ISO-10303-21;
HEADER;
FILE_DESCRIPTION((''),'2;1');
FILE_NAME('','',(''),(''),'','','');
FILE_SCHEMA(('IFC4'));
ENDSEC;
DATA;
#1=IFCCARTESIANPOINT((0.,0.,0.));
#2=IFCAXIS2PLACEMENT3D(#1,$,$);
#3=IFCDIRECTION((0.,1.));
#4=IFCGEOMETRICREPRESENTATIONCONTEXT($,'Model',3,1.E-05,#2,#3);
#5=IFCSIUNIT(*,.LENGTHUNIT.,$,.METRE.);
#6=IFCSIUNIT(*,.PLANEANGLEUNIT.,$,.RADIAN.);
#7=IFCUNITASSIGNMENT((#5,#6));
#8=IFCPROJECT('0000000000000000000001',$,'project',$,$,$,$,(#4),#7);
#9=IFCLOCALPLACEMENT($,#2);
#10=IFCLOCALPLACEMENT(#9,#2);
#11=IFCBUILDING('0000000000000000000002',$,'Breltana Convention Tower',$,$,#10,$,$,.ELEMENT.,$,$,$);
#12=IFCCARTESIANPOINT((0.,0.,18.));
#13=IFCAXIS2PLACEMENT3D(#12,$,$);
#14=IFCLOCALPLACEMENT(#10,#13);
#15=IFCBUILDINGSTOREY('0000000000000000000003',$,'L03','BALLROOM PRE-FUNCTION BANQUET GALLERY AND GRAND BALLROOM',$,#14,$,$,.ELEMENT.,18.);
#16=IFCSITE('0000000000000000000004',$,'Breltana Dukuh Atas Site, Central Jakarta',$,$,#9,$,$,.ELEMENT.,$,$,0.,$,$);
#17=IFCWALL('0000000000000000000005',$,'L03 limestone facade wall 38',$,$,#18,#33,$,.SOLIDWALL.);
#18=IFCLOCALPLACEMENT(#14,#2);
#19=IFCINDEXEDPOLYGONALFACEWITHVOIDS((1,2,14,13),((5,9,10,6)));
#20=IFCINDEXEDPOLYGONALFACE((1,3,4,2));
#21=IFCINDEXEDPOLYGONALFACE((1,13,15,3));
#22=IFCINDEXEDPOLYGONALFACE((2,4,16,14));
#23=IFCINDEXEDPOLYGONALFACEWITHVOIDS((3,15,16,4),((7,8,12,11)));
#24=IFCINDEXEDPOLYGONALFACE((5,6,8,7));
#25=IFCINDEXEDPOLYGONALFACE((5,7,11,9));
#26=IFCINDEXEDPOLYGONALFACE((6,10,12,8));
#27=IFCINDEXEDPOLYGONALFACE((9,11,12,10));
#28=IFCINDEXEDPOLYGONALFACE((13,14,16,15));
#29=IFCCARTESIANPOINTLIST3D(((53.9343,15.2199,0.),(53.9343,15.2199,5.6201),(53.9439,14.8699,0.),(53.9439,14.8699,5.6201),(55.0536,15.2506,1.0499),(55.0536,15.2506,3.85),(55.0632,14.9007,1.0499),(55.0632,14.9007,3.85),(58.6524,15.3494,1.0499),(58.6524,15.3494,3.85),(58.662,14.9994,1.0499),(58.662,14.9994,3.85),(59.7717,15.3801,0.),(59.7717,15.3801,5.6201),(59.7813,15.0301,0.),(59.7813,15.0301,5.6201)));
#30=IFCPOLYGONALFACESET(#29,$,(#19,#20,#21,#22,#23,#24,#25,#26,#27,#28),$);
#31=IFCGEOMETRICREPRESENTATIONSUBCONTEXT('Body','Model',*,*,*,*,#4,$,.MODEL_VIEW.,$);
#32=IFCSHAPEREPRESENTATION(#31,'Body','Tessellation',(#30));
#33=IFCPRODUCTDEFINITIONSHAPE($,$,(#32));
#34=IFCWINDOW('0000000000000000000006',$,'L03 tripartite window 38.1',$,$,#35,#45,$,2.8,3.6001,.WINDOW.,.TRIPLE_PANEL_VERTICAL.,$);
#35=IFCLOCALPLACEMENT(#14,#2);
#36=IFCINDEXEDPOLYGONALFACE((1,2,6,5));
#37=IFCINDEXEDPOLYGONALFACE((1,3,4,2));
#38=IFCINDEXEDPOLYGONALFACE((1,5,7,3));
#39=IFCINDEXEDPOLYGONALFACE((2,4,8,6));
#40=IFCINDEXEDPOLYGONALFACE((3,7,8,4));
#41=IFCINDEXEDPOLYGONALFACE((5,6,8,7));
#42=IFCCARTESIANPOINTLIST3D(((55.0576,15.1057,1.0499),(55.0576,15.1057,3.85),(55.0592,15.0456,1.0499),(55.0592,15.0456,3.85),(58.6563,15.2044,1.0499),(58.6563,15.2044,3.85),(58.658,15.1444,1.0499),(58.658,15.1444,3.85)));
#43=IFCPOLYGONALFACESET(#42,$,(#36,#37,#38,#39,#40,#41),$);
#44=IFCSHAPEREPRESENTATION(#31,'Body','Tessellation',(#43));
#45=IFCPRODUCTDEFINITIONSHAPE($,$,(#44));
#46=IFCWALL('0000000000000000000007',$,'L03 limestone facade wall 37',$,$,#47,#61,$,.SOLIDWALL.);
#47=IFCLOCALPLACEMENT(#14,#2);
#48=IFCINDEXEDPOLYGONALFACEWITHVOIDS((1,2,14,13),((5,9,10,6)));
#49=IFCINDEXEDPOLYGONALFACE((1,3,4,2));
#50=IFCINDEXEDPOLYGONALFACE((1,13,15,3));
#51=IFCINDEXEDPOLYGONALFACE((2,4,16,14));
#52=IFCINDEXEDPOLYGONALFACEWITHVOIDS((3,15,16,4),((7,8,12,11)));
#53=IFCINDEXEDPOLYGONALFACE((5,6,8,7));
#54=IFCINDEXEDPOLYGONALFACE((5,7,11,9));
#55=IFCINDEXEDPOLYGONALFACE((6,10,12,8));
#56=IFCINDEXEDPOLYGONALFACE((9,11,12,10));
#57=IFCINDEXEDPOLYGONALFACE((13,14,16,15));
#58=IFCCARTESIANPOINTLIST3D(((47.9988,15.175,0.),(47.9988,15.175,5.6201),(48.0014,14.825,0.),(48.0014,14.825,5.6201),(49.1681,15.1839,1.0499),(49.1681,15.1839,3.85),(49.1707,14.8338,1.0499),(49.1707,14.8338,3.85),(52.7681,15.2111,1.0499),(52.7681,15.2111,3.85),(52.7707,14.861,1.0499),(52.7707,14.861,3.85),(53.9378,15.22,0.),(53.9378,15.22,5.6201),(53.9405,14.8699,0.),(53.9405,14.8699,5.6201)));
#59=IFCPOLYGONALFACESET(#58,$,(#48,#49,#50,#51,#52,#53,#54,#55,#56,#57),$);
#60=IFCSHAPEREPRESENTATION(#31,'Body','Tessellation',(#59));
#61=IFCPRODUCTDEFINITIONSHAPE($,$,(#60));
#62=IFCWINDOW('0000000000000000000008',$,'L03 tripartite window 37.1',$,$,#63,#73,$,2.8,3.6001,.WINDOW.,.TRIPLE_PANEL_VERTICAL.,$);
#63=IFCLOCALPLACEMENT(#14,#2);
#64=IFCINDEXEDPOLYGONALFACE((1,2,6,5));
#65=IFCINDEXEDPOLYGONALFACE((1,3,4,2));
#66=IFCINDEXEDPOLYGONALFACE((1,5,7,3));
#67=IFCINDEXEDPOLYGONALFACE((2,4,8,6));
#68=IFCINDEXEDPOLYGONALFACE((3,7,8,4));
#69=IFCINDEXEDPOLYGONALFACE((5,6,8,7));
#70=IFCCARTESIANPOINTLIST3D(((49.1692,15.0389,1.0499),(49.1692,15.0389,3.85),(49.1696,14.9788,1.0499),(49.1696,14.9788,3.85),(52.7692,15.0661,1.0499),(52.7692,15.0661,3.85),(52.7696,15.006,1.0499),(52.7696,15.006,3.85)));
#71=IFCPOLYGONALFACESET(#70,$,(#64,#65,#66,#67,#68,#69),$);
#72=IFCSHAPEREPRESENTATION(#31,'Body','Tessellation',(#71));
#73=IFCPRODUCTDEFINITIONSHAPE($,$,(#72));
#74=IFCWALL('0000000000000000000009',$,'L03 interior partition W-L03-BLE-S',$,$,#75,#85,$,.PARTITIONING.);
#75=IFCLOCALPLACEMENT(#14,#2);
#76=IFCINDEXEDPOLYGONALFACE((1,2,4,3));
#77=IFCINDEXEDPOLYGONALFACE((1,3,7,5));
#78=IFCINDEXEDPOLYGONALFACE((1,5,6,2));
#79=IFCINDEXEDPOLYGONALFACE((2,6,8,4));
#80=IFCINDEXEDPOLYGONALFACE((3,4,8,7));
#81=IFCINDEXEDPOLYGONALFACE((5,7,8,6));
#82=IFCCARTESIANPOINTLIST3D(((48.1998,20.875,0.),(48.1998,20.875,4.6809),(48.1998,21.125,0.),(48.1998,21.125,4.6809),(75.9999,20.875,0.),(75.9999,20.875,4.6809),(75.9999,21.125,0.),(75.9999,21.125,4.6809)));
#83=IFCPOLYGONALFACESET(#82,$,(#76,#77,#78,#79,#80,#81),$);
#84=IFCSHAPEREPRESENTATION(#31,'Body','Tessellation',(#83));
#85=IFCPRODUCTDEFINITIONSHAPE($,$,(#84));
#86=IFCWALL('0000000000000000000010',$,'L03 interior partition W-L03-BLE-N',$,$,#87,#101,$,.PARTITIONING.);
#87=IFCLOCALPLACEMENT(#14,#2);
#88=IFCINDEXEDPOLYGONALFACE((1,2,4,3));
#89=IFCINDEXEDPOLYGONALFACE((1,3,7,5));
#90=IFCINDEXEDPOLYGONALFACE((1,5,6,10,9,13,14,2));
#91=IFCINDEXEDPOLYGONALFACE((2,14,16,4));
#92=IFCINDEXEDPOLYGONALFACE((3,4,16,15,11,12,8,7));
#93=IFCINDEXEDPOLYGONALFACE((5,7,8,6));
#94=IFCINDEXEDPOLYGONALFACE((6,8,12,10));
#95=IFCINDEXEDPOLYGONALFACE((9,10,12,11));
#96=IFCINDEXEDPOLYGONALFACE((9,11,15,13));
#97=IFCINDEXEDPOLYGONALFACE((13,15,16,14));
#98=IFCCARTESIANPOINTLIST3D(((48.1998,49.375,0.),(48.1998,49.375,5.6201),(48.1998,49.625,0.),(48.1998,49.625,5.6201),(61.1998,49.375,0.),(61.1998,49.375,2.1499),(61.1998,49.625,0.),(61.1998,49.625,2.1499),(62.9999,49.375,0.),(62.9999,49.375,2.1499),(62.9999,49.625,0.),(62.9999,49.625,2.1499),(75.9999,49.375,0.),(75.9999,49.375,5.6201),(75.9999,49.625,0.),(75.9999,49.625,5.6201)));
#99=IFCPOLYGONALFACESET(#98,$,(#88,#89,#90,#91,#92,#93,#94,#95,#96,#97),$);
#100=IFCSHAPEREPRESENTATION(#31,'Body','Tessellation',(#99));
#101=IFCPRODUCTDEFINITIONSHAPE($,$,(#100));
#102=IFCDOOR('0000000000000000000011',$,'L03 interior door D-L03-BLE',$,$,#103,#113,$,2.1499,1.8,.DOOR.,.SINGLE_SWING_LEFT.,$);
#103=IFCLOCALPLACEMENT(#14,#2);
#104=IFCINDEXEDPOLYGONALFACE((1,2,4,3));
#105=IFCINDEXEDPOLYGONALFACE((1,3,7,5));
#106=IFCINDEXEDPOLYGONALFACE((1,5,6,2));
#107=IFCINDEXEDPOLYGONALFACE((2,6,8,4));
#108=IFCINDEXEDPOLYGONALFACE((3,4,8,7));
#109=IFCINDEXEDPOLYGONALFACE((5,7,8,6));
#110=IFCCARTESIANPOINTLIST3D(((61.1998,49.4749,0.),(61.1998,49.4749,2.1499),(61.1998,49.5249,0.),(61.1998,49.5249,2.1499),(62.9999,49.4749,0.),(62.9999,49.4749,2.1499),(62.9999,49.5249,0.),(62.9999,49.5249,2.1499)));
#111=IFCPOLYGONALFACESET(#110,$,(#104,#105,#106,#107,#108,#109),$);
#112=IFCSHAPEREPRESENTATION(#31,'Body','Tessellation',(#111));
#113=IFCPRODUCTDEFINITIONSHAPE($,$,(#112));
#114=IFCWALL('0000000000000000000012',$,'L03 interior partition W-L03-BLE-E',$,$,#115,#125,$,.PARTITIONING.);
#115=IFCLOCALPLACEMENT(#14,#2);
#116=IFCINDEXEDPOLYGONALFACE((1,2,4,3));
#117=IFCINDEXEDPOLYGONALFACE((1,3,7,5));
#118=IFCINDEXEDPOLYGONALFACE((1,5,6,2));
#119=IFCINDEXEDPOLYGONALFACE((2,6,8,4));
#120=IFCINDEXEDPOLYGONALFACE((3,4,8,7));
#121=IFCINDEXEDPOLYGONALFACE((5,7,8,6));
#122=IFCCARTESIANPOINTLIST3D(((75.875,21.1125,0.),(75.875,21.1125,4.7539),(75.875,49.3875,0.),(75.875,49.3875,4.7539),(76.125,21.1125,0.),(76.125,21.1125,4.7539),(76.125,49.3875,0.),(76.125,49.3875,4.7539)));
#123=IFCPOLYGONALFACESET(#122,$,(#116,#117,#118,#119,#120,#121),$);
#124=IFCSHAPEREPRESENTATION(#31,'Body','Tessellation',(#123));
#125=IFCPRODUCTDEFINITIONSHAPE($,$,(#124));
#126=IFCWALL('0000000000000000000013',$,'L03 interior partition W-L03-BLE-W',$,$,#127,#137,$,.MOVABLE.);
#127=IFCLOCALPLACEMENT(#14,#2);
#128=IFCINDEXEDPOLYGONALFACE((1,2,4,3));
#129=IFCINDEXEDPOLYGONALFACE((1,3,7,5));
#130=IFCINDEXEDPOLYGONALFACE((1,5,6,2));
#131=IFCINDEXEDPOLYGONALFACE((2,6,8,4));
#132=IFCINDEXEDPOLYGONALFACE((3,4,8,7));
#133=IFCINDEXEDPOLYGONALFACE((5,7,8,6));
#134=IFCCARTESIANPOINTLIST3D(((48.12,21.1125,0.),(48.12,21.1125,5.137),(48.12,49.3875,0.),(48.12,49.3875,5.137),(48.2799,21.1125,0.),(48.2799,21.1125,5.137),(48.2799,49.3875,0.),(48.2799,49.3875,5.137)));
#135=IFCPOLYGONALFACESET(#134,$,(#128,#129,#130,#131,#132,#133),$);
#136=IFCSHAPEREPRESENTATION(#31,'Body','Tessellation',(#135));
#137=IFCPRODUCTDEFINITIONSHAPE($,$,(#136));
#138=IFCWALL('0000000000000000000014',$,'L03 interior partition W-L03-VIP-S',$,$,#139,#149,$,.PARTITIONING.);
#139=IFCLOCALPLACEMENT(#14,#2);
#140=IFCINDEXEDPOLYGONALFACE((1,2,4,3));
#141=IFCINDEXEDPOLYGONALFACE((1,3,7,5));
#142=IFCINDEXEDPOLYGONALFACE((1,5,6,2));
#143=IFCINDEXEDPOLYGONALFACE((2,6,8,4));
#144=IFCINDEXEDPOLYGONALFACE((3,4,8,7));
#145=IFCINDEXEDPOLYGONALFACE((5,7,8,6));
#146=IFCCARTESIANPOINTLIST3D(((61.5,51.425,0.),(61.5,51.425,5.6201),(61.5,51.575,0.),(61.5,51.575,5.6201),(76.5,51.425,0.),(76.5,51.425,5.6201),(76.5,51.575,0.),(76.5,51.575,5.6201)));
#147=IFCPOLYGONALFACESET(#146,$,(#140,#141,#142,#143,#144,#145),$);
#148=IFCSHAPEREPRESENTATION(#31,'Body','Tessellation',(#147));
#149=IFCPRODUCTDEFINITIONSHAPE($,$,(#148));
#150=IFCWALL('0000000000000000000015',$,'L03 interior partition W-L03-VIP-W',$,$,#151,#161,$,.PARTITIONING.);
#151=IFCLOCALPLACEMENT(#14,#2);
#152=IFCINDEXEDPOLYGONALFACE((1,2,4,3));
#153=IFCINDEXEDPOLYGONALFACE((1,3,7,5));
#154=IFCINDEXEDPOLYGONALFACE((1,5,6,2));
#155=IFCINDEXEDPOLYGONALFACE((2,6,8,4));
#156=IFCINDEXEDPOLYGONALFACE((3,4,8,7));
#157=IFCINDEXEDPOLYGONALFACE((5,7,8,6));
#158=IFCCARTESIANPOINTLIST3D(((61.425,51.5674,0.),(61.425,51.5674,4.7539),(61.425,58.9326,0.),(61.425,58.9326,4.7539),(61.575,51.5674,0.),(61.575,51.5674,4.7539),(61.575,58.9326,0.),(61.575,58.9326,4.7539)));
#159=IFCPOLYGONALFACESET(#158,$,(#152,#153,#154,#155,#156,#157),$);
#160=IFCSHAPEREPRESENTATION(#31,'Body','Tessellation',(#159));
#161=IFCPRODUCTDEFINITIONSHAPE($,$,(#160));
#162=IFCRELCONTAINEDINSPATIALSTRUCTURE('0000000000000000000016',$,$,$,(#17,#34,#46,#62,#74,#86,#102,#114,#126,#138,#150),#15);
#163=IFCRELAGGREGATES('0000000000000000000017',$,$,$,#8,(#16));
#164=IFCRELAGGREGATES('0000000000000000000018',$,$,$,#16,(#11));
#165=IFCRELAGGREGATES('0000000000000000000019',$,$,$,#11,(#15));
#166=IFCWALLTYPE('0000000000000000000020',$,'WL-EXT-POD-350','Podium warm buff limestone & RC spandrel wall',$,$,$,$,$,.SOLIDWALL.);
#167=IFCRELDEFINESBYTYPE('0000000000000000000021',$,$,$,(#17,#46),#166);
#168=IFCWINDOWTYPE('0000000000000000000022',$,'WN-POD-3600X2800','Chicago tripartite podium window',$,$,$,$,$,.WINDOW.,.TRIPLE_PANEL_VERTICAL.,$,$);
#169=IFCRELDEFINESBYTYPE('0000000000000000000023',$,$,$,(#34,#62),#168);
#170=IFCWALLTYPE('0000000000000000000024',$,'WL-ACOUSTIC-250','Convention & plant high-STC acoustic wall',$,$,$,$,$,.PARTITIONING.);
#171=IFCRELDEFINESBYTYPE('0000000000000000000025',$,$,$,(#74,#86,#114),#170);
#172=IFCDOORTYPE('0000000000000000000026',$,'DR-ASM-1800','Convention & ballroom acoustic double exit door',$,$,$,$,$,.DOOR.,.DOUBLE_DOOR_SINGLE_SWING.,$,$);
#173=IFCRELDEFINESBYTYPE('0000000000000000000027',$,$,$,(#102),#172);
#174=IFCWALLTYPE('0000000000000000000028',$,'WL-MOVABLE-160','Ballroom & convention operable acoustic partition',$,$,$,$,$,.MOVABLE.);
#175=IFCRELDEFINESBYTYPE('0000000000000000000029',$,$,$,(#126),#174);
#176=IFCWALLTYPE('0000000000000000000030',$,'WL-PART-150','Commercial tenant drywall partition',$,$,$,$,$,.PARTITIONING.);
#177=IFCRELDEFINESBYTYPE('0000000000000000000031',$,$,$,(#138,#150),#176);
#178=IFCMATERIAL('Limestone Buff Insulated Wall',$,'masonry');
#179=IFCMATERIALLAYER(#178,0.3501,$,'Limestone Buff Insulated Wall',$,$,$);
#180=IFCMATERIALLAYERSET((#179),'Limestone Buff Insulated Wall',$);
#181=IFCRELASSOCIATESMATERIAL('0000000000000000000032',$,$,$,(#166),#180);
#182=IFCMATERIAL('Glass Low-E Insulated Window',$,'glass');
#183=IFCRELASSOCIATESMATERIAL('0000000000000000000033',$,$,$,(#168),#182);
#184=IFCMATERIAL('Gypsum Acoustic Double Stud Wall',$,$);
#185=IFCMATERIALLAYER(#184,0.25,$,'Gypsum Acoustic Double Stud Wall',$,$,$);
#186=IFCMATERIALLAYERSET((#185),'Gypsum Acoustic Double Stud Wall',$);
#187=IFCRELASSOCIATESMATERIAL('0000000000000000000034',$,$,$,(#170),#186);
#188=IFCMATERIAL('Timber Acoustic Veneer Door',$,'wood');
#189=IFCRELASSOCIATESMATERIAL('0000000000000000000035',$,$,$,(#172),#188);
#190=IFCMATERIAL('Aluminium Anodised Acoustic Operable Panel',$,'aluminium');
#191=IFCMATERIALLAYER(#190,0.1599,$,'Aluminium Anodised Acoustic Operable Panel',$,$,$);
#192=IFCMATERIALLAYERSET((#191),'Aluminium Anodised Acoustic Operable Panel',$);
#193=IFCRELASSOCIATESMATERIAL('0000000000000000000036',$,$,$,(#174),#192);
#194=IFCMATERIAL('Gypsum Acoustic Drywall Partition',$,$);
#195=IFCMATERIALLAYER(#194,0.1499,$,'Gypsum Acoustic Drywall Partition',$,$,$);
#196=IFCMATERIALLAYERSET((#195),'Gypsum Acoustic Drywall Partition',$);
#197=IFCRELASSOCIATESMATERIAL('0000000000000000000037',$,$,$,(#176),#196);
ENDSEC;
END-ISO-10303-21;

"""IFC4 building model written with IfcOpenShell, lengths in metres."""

from ifc_helpers import new_model, si_unit, direction, frame, frame_2d, origin, place, context, subcontext, project, spatial, rectangle, extrude, source, transform, mapped, material, layer, layer_set, type_object, type_shapes, element, fill, save


model = new_model("IFC4")

# Units and contexts
model_context = context("Model", 3, precision=1e-05, world=origin(), true_north=direction((0.0, 1.0)))
body_context = subcontext(model_context, "Body", "Model", "MODEL_VIEW")
ifc_project = project(units=[si_unit("LENGTHUNIT", "METRE"), si_unit("PLANEANGLEUNIT", "RADIAN")], contexts=[model_context])

# Site, building, storey
site_placement = place(None, origin())
site = spatial("IfcSite", under=ifc_project, at=site_placement, Name="Breltana Dukuh Atas Site, Central Jakarta", CompositionType="ELEMENT", RefElevation=0.0)
building_placement = place(site_placement, origin())
building = spatial("IfcBuilding", under=site, at=building_placement, Name="Breltana Convention Tower", CompositionType="ELEMENT")
storey_placement = place(building_placement, frame((0.0, 0.0, 18.0)))
storey = spatial("IfcBuildingStorey", under=building, at=storey_placement, Name="L03", Description="BALLROOM PRE-FUNCTION BANQUET GALLERY AND GRAND BALLROOM", CompositionType="ELEMENT", Elevation=18.0)

# Shared definitions
ifc_material_1 = material(Name="Limestone Buff Insulated Wall", Category="masonry")
ifc_layer_1 = layer(ifc_material_1, 0.3501, Name="Limestone Buff Insulated Wall")
ifc_layer_set_1 = layer_set([ifc_layer_1], Name="Limestone Buff Insulated Wall")
wall_type_1 = type_object("IfcWallType", Name="WL-EXT-POD-350", Description="Podium warm buff limestone & RC spandrel wall", PredefinedType="SOLIDWALL", material=ifc_layer_set_1)

# Walls, openings, windows
ifc_material_2 = material(Name="Glass Low-E Insulated Window", Category="glass")
window_type = type_object("IfcWindowType", Name="WN-POD-3600X2800", Description="Chicago tripartite podium window", PartitioningType="TRIPLE_PANEL_VERTICAL", PredefinedType="WINDOW", material=ifc_material_2)
shared_shape_1 = source(origin(), body_context, "Body", "SweptSolid", [
    extrude(rectangle(XDim=3.6001, YDim=2.8, at=frame_2d((1.8, 1.3999))), frame((0.0, 0.03, 0.0), z_axis=(0.0, -1.0, 0.0), x_axis=(1.0, 0.0, 0.0)), (0.0, 0.0, 1.0), 0.0601),
])
type_shapes(window_type, [shared_shape_1])
shared_shape_2 = source(origin(), body_context, "Body", "SweptSolid", [
    extrude(rectangle(XDim=5.8396, YDim=0.3501, at=frame_2d((2.9199, 0.0))), origin(), (0.0, 0.0, 1.0), 5.6201),
])
wall_1_placement = place(storey_placement, frame((53.939, 15.0449, 0.0), z_axis=(0.0, 0.0, 1.0), x_axis=(0.999624, 0.027426, 0.0)))
wall_1 = element("IfcWall", 1, at=wall_1_placement, inside=storey, type_object=wall_type_1, Name="L03 limestone facade wall 38", PredefinedType="SOLIDWALL", context=body_context, shape_type="MappedRepresentation", body=[
    mapped(shared_shape_2, transform((0.0, 0.0, 0.0), scale=1.0)),
])
opening_1_placement = place(wall_1_placement, frame((1.1199, 0.0, 1.05)))
opening_1 = element("IfcOpeningElement", 2, at=opening_1_placement, cuts=wall_1, PredefinedType="OPENING", context=body_context, shape_type="SweptSolid", body=[
    extrude(rectangle(XDim=3.6001, YDim=2.8, at=frame_2d((1.8, 1.3999))), frame((0.0, 0.1851, 0.0), z_axis=(0.0, -1.0, 0.0), x_axis=(1.0, 0.0, 0.0)), (0.0, 0.0, 1.0), 0.3701),
])
window_1_placement = place(opening_1_placement, origin())
window_1 = element("IfcWindow", 3, at=window_1_placement, inside=storey, type_object=window_type, Name="L03 tripartite window 38.1", OverallHeight=2.8, OverallWidth=3.6001, PartitioningType="TRIPLE_PANEL_VERTICAL", PredefinedType="WINDOW", context=body_context, shape_type="MappedRepresentation", body=[
    mapped(shared_shape_1, transform((0.0, 0.0, 0.0), scale=1.0)),
])
fill(opening_1, window_1)
shared_shape_3 = source(origin(), body_context, "Body", "SweptSolid", [
    extrude(rectangle(XDim=5.9392, YDim=0.3501, at=frame_2d((2.9697, 0.0))), origin(), (0.0, 0.0, 1.0), 5.6201),
])
wall_2_placement = place(storey_placement, frame((48.0, 15.0, 0.0), z_axis=(0.0, 0.0, 1.0), x_axis=(0.999971, 0.007564, 0.0)))
wall_2 = element("IfcWall", 4, at=wall_2_placement, inside=storey, type_object=wall_type_1, Name="L03 limestone facade wall 37", PredefinedType="SOLIDWALL", context=body_context, shape_type="MappedRepresentation", body=[
    mapped(shared_shape_3, transform((0.0, 0.0, 0.0), scale=1.0)),
])
opening_2_placement = place(wall_2_placement, frame((1.1694, 0.0, 1.05)))
opening_2 = element("IfcOpeningElement", 5, at=opening_2_placement, cuts=wall_2, PredefinedType="OPENING", context=body_context, shape_type="SweptSolid", body=[
    extrude(rectangle(XDim=3.6001, YDim=2.8, at=frame_2d((1.8, 1.3999))), frame((0.0, 0.1851, 0.0), z_axis=(0.0, -1.0, 0.0), x_axis=(1.0, 0.0, 0.0)), (0.0, 0.0, 1.0), 0.3701),
])
window_2_placement = place(opening_2_placement, origin())
window_2 = element("IfcWindow", 6, at=window_2_placement, inside=storey, type_object=window_type, Name="L03 tripartite window 37.1", OverallHeight=2.8, OverallWidth=3.6001, PartitioningType="TRIPLE_PANEL_VERTICAL", PredefinedType="WINDOW", context=body_context, shape_type="MappedRepresentation", body=[
    mapped(shared_shape_1, transform((0.0, 0.0, 0.0), scale=1.0)),
])
fill(opening_2, window_2)

# Wall
ifc_material_3 = material(Name="Gypsum Acoustic Double Stud Wall")
ifc_layer_2 = layer(ifc_material_3, 0.25, Name="Gypsum Acoustic Double Stud Wall")
ifc_layer_set_2 = layer_set([ifc_layer_2], Name="Gypsum Acoustic Double Stud Wall")
wall_type_2 = type_object("IfcWallType", Name="WL-ACOUSTIC-250", Description="Convention & plant high-STC acoustic wall", PredefinedType="PARTITIONING", material=ifc_layer_set_2)
shared_shape_4 = source(origin(), body_context, "Body", "SweptSolid", [
    extrude(rectangle(XDim=27.8, YDim=0.25, at=frame_2d((13.8999, 0.0))), origin(), (0.0, 0.0, 1.0), 4.6809),
])
wall_3_placement = place(storey_placement, frame((48.2, 21.0, 0.0), z_axis=(0.0, 0.0, 1.0), x_axis=(1.0, 0.0, 0.0)))
element("IfcWall", 7, at=wall_3_placement, inside=storey, type_object=wall_type_2, Name="L03 interior partition W-L03-BLE-S", PredefinedType="PARTITIONING", context=body_context, shape_type="MappedRepresentation", body=[
    mapped(shared_shape_4, transform((0.0, 0.0, 0.0), scale=1.0)),
])

# Wall, opening, door
shared_shape_5 = source(origin(), body_context, "Body", "SweptSolid", [
    extrude(rectangle(XDim=27.8, YDim=0.25, at=frame_2d((13.8999, 0.0))), origin(), (0.0, 0.0, 1.0), 5.6201),
])
wall_4_placement = place(storey_placement, frame((48.2, 49.5, 0.0), z_axis=(0.0, 0.0, 1.0), x_axis=(1.0, 0.0, 0.0)))
wall_4 = element("IfcWall", 8, at=wall_4_placement, inside=storey, type_object=wall_type_2, Name="L03 interior partition W-L03-BLE-N", PredefinedType="PARTITIONING", context=body_context, shape_type="MappedRepresentation", body=[
    mapped(shared_shape_5, transform((0.0, 0.0, 0.0), scale=1.0)),
])
opening_3_placement = place(wall_4_placement, frame((13.0, 0.0, 0.0)))
opening_3 = element("IfcOpeningElement", 9, at=opening_3_placement, cuts=wall_4, PredefinedType="OPENING", context=body_context, shape_type="SweptSolid", body=[
    extrude(rectangle(XDim=1.8, YDim=2.1499, at=frame_2d((0.8999, 1.075))), frame((0.0, 0.135, 0.0), z_axis=(0.0, -1.0, 0.0), x_axis=(1.0, 0.0, 0.0)), (0.0, 0.0, 1.0), 0.27),
])
ifc_material_4 = material(Name="Timber Acoustic Veneer Door", Category="wood")
door_type = type_object("IfcDoorType", Name="DR-ASM-1800", Description="Convention & ballroom acoustic double exit door", OperationType="DOUBLE_DOOR_SINGLE_SWING", PredefinedType="DOOR", material=ifc_material_4)
shared_shape_6 = source(origin(), body_context, "Body", "SweptSolid", [
    extrude(rectangle(XDim=1.8, YDim=2.1499, at=frame_2d((0.8999, 1.075))), frame((0.0, 0.0249, 0.0), z_axis=(0.0, -1.0, 0.0), x_axis=(1.0, 0.0, 0.0)), (0.0, 0.0, 1.0), 0.05),
])
type_shapes(door_type, [shared_shape_6])
door_placement = place(opening_3_placement, origin())
door = element("IfcDoor", 10, at=door_placement, inside=storey, type_object=door_type, Name="L03 interior door D-L03-BLE", OperationType="SINGLE_SWING_LEFT", OverallHeight=2.1499, OverallWidth=1.8, PredefinedType="DOOR", context=body_context, shape_type="MappedRepresentation", body=[
    mapped(shared_shape_6, transform((0.0, 0.0, 0.0), scale=1.0)),
])
fill(opening_3, door)

# Walls
shared_shape_7 = source(origin(), body_context, "Body", "SweptSolid", [
    extrude(rectangle(XDim=28.2749, YDim=0.25, at=frame_2d((14.1375, 0.0))), origin(), (0.0, 0.0, 1.0), 4.7539),
])
wall_5_placement = place(storey_placement, frame((76.0, 21.1125, 0.0), z_axis=(0.0, 0.0, 1.0), x_axis=(0.0, 1.0, 0.0)))
element("IfcWall", 11, at=wall_5_placement, inside=storey, type_object=wall_type_2, Name="L03 interior partition W-L03-BLE-E", PredefinedType="PARTITIONING", context=body_context, shape_type="MappedRepresentation", body=[
    mapped(shared_shape_7, transform((0.0, 0.0, 0.0), scale=1.0)),
])
ifc_material_5 = material(Name="Aluminium Anodised Acoustic Operable Panel", Category="aluminium")
ifc_layer_3 = layer(ifc_material_5, 0.1599, Name="Aluminium Anodised Acoustic Operable Panel")
ifc_layer_set_3 = layer_set([ifc_layer_3], Name="Aluminium Anodised Acoustic Operable Panel")
wall_type_3 = type_object("IfcWallType", Name="WL-MOVABLE-160", Description="Ballroom & convention operable acoustic partition", PredefinedType="MOVABLE", material=ifc_layer_set_3)
shared_shape_8 = source(origin(), body_context, "Body", "SweptSolid", [
    extrude(rectangle(XDim=28.2749, YDim=0.1599, at=frame_2d((14.1375, 0.0))), origin(), (0.0, 0.0, 1.0), 5.137),
])
wall_6_placement = place(storey_placement, frame((48.2, 21.1125, 0.0), z_axis=(0.0, 0.0, 1.0), x_axis=(0.0, 1.0, 0.0)))
element("IfcWall", 12, at=wall_6_placement, inside=storey, type_object=wall_type_3, Name="L03 interior partition W-L03-BLE-W", PredefinedType="MOVABLE", context=body_context, shape_type="MappedRepresentation", body=[
    mapped(shared_shape_8, transform((0.0, 0.0, 0.0), scale=1.0)),
])
ifc_material_6 = material(Name="Gypsum Acoustic Drywall Partition")
ifc_layer_4 = layer(ifc_material_6, 0.1499, Name="Gypsum Acoustic Drywall Partition")
ifc_layer_set_4 = layer_set([ifc_layer_4], Name="Gypsum Acoustic Drywall Partition")
wall_type_4 = type_object("IfcWallType", Name="WL-PART-150", Description="Commercial tenant drywall partition", PredefinedType="PARTITIONING", material=ifc_layer_set_4)
shared_shape_9 = source(origin(), body_context, "Body", "SweptSolid", [
    extrude(rectangle(XDim=15.0, YDim=0.1499, at=frame_2d((7.5, 0.0))), origin(), (0.0, 0.0, 1.0), 5.6201),
])
wall_7_placement = place(storey_placement, frame((61.5, 51.5, 0.0), z_axis=(0.0, 0.0, 1.0), x_axis=(1.0, 0.0, 0.0)))
element("IfcWall", 13, at=wall_7_placement, inside=storey, type_object=wall_type_4, Name="L03 interior partition W-L03-VIP-S", PredefinedType="PARTITIONING", context=body_context, shape_type="MappedRepresentation", body=[
    mapped(shared_shape_9, transform((0.0, 0.0, 0.0), scale=1.0)),
])
shared_shape_10 = source(origin(), body_context, "Body", "SweptSolid", [
    extrude(rectangle(XDim=7.3652, YDim=0.1499, at=frame_2d((3.6826, 0.0))), origin(), (0.0, 0.0, 1.0), 4.7539),
])
wall_8_placement = place(storey_placement, frame((61.5, 51.5674, 0.0), z_axis=(0.0, 0.0, 1.0), x_axis=(0.0, 1.0, 0.0)))
element("IfcWall", 14, at=wall_8_placement, inside=storey, type_object=wall_type_4, Name="L03 interior partition W-L03-VIP-W", PredefinedType="PARTITIONING", context=body_context, shape_type="MappedRepresentation", body=[
    mapped(shared_shape_10, transform((0.0, 0.0, 0.0), scale=1.0)),
])

save(model, "model.ifc")
